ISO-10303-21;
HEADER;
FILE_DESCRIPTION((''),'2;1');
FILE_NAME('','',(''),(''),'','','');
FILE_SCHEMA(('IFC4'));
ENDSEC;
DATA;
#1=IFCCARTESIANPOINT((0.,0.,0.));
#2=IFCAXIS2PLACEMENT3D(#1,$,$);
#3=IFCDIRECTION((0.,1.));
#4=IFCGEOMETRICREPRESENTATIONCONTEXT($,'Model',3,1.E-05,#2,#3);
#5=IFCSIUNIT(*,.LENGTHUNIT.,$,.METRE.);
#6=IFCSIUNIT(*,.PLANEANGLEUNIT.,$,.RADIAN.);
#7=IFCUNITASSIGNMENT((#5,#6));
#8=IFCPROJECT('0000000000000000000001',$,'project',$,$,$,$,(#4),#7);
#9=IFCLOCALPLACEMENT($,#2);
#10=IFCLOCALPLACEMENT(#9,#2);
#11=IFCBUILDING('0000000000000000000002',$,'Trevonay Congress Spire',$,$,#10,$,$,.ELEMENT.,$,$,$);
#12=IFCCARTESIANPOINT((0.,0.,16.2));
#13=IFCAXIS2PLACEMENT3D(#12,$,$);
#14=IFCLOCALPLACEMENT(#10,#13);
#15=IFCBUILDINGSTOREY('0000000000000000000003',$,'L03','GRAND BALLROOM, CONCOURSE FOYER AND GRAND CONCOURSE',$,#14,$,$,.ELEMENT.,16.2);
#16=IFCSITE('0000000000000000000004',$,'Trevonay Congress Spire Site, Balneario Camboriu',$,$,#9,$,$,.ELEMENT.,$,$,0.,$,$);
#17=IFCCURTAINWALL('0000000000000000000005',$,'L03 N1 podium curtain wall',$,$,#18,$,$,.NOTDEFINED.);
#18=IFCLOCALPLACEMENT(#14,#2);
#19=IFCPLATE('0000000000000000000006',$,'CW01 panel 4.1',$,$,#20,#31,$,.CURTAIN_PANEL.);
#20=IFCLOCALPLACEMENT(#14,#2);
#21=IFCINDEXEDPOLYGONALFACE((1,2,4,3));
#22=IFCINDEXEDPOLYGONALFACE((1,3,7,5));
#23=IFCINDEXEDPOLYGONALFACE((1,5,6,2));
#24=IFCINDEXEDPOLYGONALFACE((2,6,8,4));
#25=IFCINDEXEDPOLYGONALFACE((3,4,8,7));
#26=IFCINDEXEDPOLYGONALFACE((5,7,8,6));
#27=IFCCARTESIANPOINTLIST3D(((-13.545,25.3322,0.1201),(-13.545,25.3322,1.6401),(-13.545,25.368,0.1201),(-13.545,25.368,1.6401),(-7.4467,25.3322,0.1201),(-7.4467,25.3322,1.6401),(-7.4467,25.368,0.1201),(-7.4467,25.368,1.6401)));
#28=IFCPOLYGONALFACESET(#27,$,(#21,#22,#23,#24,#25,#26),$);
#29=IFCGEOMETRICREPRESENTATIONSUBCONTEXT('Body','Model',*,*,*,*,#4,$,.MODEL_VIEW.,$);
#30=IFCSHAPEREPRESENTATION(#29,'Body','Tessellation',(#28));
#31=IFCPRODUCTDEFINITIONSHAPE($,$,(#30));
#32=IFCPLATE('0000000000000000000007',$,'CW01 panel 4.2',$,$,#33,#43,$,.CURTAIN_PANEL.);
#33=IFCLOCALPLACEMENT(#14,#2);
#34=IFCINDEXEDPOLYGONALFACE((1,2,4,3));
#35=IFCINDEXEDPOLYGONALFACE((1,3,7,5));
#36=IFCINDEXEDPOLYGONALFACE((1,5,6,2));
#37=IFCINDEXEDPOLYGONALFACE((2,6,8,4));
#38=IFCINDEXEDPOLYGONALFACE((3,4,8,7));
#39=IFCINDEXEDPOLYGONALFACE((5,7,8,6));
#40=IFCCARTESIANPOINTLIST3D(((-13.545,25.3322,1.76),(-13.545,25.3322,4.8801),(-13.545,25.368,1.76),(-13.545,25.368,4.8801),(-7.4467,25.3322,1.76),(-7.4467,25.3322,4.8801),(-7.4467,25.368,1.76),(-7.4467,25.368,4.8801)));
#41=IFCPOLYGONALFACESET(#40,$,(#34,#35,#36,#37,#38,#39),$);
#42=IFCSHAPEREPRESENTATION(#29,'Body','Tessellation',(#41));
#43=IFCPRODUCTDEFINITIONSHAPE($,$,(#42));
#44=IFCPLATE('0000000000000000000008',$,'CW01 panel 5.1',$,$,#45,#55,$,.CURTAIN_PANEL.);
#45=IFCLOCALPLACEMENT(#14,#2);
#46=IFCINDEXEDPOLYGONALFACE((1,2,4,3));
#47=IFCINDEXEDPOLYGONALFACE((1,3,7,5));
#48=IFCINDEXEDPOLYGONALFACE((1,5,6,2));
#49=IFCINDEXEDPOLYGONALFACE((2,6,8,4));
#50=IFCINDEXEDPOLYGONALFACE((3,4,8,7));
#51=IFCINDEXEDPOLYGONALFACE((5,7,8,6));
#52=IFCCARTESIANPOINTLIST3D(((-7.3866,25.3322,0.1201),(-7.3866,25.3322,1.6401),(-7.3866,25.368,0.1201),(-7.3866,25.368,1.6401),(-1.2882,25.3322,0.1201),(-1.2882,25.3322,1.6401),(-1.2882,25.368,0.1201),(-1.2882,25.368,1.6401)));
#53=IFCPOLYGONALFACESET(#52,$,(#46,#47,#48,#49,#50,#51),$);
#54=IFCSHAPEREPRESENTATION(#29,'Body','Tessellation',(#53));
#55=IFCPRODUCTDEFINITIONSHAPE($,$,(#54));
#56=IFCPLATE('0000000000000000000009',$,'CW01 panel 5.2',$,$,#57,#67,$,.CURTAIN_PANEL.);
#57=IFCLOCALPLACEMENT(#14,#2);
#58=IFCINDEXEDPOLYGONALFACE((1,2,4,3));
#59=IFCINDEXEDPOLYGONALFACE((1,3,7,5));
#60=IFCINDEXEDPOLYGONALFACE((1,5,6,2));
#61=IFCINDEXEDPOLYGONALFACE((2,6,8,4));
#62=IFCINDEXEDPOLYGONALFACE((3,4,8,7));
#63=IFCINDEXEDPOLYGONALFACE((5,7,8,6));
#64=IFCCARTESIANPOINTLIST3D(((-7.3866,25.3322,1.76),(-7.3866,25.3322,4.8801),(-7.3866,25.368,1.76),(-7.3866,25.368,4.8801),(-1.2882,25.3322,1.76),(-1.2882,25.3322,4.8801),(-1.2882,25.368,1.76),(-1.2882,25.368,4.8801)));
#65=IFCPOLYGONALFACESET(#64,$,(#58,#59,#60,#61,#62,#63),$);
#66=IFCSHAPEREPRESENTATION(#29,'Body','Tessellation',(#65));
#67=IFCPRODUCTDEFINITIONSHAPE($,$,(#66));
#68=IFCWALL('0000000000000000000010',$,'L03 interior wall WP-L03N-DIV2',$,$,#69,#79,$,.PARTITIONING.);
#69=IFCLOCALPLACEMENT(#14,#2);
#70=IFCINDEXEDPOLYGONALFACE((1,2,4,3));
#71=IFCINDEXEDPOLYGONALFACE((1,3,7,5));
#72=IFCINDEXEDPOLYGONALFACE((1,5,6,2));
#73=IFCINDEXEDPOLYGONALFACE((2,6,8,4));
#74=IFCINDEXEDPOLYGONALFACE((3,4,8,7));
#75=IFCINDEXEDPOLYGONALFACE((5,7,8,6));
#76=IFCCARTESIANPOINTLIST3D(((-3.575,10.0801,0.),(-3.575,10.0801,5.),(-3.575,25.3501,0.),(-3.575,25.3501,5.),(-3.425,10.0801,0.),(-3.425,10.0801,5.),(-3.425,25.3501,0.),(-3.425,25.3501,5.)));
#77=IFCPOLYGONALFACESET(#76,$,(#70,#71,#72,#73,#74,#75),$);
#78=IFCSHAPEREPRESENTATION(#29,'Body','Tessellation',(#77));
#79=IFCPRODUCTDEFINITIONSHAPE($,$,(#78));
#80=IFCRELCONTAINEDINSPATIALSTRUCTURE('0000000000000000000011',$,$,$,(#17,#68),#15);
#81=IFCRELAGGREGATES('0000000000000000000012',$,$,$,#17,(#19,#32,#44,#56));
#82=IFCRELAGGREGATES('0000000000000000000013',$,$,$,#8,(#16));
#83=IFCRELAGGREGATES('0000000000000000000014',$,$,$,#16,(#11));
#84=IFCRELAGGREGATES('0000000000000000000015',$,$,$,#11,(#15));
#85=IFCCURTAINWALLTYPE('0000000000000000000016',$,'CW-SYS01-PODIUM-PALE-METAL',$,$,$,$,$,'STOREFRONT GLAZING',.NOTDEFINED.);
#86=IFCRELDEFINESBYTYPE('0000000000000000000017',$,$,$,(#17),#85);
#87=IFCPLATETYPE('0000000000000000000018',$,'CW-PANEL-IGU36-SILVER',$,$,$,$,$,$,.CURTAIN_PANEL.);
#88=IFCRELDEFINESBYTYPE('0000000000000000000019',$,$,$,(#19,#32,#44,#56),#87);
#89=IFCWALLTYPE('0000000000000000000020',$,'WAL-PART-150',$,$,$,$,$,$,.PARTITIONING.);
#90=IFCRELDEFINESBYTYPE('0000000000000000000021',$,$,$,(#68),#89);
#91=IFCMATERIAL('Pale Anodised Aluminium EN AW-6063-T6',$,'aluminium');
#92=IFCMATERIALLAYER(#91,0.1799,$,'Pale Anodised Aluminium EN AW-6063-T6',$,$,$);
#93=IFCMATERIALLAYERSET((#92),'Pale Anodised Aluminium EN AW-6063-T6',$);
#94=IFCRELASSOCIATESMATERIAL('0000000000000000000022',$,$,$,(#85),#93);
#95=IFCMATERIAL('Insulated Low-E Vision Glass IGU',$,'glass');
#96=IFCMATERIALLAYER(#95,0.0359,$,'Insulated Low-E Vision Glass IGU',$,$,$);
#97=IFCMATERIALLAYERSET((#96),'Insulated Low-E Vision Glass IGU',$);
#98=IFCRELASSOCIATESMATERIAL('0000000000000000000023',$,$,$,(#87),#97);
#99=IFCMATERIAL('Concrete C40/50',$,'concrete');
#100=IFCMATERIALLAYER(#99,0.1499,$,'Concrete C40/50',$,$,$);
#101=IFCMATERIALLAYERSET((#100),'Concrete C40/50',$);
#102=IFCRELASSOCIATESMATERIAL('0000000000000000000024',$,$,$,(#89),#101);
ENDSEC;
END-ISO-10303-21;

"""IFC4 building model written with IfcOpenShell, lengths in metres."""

from ifc_helpers import new_model, si_unit, direction, frame, frame_2d, origin, origin_2d, place, context, subcontext, project, spatial, rectangle, extrude, material, layer, layer_set, type_object, element, aggregate, save


model = new_model("IFC4")

# Units and contexts
model_context = context("Model", 3, precision=1e-05, world=origin(), true_north=direction((0.0, 1.0)))
body_context = subcontext(model_context, "Body", "Model", "MODEL_VIEW")
ifc_project = project(units=[si_unit("LENGTHUNIT", "METRE"), si_unit("PLANEANGLEUNIT", "RADIAN")], contexts=[model_context])

# Site, building, storey
site_placement = place(None, origin())
site = spatial("IfcSite", under=ifc_project, at=site_placement, Name="Trevonay Congress Spire Site, Balneario Camboriu", CompositionType="ELEMENT", RefElevation=0.0)
building_placement = place(site_placement, origin())
building = spatial("IfcBuilding", under=site, at=building_placement, Name="Trevonay Congress Spire", CompositionType="ELEMENT")
storey_placement = place(building_placement, frame((0.0, 0.0, 16.2)))
storey = spatial("IfcBuildingStorey", under=building, at=storey_placement, Name="L03", Description="GRAND BALLROOM, CONCOURSE FOYER AND GRAND CONCOURSE", CompositionType="ELEMENT", Elevation=16.2)

# Curtain wall
ifc_material_1 = material(Name="Pale Anodised Aluminium EN AW-6063-T6", Category="aluminium")
ifc_layer_1 = layer(ifc_material_1, 0.1799, Name="Pale Anodised Aluminium EN AW-6063-T6")
ifc_layer_set_1 = layer_set([ifc_layer_1], Name="Pale Anodised Aluminium EN AW-6063-T6")
curtain_wall_type = type_object("IfcCurtainWallType", Name="CW-SYS01-PODIUM-PALE-METAL", ElementType="STOREFRONT GLAZING", PredefinedType="NOTDEFINED", material=ifc_layer_set_1)
curtain_wall_placement = place(storey_placement, origin())
curtain_wall = element("IfcCurtainWall", 1, at=curtain_wall_placement, inside=storey, type_object=curtain_wall_type, Name="L03 N1 podium curtain wall", PredefinedType="NOTDEFINED")

# Plates
ifc_material_2 = material(Name="Insulated Low-E Vision Glass IGU", Category="glass")
ifc_layer_2 = layer(ifc_material_2, 0.0359, Name="Insulated Low-E Vision Glass IGU")
ifc_layer_set_2 = layer_set([ifc_layer_2], Name="Insulated Low-E Vision Glass IGU")
plate_type = type_object("IfcPlateType", Name="CW-PANEL-IGU36-SILVER", PredefinedType="CURTAIN_PANEL", material=ifc_layer_set_2)
plate_1_placement = place(storey_placement, frame((-10.4958, 25.3501, 0.1201), z_axis=(0.0, 0.0, 1.0), x_axis=(1.0, 0.0, 0.0)))
plate_1 = element("IfcPlate", 2, at=plate_1_placement, type_object=plate_type, Name="CW01 panel 4.1", PredefinedType="CURTAIN_PANEL", context=body_context, shape_type="SweptSolid", body=[
    extrude(rectangle(XDim=6.0984, YDim=0.0359, at=origin_2d()), origin(), (0.0, 0.0, 1.0), 1.52),
])
plate_2_placement = place(storey_placement, frame((-10.4958, 25.3501, 1.76), z_axis=(0.0, 0.0, 1.0), x_axis=(1.0, 0.0, 0.0)))
plate_2 = element("IfcPlate", 3, at=plate_2_placement, type_object=plate_type, Name="CW01 panel 4.2", PredefinedType="CURTAIN_PANEL", context=body_context, shape_type="SweptSolid", body=[
    extrude(rectangle(XDim=6.0984, YDim=0.0359, at=origin_2d()), origin(), (0.0, 0.0, 1.0), 3.1201),
])
plate_3_placement = place(storey_placement, frame((-4.3374, 25.3501, 0.1201), z_axis=(0.0, 0.0, 1.0), x_axis=(1.0, 0.0, 0.0)))
plate_3 = element("IfcPlate", 4, at=plate_3_placement, type_object=plate_type, Name="CW01 panel 5.1", PredefinedType="CURTAIN_PANEL", context=body_context, shape_type="SweptSolid", body=[
    extrude(rectangle(XDim=6.0984, YDim=0.0359, at=origin_2d()), origin(), (0.0, 0.0, 1.0), 1.52),
])
plate_4_placement = place(storey_placement, frame((-4.3374, 25.3501, 1.76), z_axis=(0.0, 0.0, 1.0), x_axis=(1.0, 0.0, 0.0)))
plate_4 = element("IfcPlate", 5, at=plate_4_placement, type_object=plate_type, Name="CW01 panel 5.2", PredefinedType="CURTAIN_PANEL", context=body_context, shape_type="SweptSolid", body=[
    extrude(rectangle(XDim=6.0984, YDim=0.0359, at=origin_2d()), origin(), (0.0, 0.0, 1.0), 3.1201),
])
aggregate(curtain_wall, [plate_1, plate_2, plate_3, plate_4])

# Wall
ifc_material_3 = material(Name="Concrete C40/50", Category="concrete")
ifc_layer_3 = layer(ifc_material_3, 0.1499, Name="Concrete C40/50")
ifc_layer_set_3 = layer_set([ifc_layer_3], Name="Concrete C40/50")
wall_type = type_object("IfcWallType", Name="WAL-PART-150", PredefinedType="PARTITIONING", material=ifc_layer_set_3)
wall_placement = place(storey_placement, frame((-3.5, 10.0801, 0.0), z_axis=(0.0, 0.0, 1.0), x_axis=(0.0, 1.0, 0.0)))
element("IfcWall", 6, at=wall_placement, inside=storey, type_object=wall_type, Name="L03 interior wall WP-L03N-DIV2", PredefinedType="PARTITIONING", context=body_context, shape_type="SweptSolid", body=[
    extrude(rectangle(XDim=15.27, YDim=0.1499, at=frame_2d((7.635, 0.0))), origin(), (0.0, 0.0, 1.0), 5.0),
])

save(model, "model.ifc")
